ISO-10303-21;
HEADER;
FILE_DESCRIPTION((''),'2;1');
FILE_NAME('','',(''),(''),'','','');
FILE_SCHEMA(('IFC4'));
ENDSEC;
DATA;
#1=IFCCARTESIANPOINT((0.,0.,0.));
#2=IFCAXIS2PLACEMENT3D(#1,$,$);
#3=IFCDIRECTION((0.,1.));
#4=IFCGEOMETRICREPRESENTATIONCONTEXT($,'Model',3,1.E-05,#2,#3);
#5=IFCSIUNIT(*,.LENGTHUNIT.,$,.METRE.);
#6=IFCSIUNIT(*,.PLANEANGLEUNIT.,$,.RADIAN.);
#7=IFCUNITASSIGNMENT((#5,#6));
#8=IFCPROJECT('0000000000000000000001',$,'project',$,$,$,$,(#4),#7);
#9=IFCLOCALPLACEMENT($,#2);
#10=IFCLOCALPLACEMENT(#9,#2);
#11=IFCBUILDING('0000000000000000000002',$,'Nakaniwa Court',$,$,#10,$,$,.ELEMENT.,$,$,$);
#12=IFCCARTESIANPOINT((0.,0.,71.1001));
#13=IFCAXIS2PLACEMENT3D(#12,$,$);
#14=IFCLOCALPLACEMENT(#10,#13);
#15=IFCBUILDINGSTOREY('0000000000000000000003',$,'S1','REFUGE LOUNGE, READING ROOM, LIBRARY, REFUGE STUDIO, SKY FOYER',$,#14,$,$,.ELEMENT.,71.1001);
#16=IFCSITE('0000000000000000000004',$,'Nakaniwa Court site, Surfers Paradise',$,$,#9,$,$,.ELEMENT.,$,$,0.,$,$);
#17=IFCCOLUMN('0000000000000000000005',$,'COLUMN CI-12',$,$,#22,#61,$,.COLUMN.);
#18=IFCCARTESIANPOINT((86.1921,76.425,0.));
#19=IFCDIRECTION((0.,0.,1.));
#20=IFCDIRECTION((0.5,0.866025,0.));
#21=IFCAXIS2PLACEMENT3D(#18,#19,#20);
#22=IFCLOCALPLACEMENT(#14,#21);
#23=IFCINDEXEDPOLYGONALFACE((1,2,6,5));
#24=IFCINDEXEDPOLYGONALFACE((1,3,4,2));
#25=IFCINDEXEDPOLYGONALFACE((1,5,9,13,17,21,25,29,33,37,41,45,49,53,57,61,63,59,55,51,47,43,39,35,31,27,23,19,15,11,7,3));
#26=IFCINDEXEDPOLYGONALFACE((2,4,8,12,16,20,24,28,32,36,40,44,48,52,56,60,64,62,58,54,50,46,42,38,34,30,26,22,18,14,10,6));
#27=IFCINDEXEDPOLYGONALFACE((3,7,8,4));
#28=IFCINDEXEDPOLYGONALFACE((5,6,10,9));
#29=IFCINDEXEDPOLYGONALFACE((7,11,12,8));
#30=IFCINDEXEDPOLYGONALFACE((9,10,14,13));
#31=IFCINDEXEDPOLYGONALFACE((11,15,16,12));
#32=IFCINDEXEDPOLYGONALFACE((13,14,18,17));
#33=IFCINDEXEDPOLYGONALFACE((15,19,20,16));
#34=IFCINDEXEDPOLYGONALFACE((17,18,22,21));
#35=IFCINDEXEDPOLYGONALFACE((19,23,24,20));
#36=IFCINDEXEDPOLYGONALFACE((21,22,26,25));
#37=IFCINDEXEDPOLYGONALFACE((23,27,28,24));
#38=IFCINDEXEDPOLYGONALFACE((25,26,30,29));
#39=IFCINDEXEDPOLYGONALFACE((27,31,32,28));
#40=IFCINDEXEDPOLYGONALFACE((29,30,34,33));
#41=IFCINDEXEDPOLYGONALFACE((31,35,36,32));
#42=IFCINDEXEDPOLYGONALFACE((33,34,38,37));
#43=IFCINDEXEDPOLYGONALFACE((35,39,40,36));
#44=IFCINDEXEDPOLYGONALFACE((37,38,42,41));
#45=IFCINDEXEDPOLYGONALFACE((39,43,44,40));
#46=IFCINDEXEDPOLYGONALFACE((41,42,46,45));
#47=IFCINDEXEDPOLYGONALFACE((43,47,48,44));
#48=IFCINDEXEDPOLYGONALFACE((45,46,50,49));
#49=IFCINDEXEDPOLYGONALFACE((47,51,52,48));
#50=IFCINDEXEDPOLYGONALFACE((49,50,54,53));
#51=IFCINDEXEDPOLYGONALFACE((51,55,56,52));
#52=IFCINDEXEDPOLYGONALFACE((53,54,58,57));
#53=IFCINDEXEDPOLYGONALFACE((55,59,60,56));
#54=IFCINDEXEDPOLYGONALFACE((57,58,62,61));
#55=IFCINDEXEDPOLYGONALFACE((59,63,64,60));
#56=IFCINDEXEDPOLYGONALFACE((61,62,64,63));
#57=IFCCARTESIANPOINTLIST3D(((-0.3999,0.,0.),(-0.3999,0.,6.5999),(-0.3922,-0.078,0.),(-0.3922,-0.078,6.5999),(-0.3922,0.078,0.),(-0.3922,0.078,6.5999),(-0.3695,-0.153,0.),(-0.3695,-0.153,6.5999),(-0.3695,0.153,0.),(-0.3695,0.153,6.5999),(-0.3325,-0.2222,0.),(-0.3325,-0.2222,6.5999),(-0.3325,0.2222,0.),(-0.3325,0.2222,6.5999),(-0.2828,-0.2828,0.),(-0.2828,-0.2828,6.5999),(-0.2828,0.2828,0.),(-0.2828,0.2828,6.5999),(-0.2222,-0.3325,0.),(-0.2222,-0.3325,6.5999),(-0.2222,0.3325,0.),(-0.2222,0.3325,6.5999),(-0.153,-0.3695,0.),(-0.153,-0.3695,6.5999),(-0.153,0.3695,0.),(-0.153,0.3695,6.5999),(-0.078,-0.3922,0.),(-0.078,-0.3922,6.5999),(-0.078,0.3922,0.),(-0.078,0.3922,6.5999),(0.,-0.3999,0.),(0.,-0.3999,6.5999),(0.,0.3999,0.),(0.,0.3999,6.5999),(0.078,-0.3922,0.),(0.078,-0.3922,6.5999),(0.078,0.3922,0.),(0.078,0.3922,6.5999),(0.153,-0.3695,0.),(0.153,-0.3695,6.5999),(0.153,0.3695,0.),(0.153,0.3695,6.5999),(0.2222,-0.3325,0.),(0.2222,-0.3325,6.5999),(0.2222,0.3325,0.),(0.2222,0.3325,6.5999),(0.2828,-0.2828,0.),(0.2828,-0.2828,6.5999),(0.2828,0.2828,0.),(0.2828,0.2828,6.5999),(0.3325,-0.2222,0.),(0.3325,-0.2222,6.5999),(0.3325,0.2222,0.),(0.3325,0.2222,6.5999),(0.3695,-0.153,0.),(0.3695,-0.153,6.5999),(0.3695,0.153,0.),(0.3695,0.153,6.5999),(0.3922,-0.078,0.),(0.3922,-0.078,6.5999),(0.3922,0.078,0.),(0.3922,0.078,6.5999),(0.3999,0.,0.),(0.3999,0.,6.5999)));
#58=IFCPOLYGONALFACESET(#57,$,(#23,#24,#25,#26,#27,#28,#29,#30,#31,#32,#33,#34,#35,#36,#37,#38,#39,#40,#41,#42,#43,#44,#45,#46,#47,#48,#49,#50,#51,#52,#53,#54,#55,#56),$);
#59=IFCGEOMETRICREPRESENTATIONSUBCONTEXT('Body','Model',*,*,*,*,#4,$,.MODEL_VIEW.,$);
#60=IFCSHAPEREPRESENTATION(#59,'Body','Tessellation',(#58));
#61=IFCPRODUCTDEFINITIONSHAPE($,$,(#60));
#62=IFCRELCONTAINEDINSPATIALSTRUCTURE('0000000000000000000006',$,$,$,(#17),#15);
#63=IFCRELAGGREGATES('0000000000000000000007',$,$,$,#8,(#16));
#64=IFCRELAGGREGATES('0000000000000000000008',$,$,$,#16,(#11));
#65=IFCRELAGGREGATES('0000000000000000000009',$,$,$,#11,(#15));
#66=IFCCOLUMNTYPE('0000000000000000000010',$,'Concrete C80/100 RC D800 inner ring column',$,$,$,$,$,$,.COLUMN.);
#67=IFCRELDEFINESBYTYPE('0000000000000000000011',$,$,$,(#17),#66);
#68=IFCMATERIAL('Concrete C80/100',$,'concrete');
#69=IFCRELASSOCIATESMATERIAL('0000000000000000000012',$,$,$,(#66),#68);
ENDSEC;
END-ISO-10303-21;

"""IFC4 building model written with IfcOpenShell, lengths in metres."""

from ifc_helpers import new_model, si_unit, direction, frame, origin, origin_2d, place, context, subcontext, project, spatial, circle, extrude, material, material_profile, profile_set, type_object, element, save


model = new_model("IFC4")

# Units and contexts
model_context = context("Model", 3, precision=1e-05, world=origin(), true_north=direction((0.0, 1.0)))
body_context = subcontext(model_context, "Body", "Model", "MODEL_VIEW")
ifc_project = project(units=[si_unit("LENGTHUNIT", "METRE"), si_unit("PLANEANGLEUNIT", "RADIAN")], contexts=[model_context])

# Site, building, storey
site_placement = place(None, origin())
site = spatial("IfcSite", under=ifc_project, at=site_placement, Name="Nakaniwa Court site, Surfers Paradise", CompositionType="ELEMENT", RefElevation=0.0)
building_placement = place(site_placement, origin())
building = spatial("IfcBuilding", under=site, at=building_placement, Name="Nakaniwa Court", CompositionType="ELEMENT")
storey_placement = place(building_placement, frame((0.0, 0.0, 71.1001)))
storey = spatial("IfcBuildingStorey", under=building, at=storey_placement, Name="S1", Description="REFUGE LOUNGE, READING ROOM, LIBRARY, REFUGE STUDIO, SKY FOYER", CompositionType="ELEMENT", Elevation=71.1001)

# Column
ifc_material_1 = material(Name="Concrete C80/100", Category="concrete")
ifc_material_profile_1 = material_profile(ifc_material_1, circle(Radius=0.3999, at=origin_2d()), Name="Concrete C80/100 RC D800 inner ring column")
ifc_profile_set_1 = profile_set([ifc_material_profile_1], Name="Concrete C80/100")
column_type = type_object("IfcColumnType", Name="Concrete C80/100 RC D800 inner ring column", PredefinedType="COLUMN", material=ifc_profile_set_1)
for number, where, z_axis, x_axis, name in (
    (1, (86.1921, 76.425, 0.0), (0.0, 0.0, 1.0), (0.5, 0.866025, 0.0), "COLUMN CI-12"),
):
    element("IfcColumn", number, at=place(storey_placement, frame(where, z_axis=z_axis, x_axis=x_axis)), inside=storey, type_object=column_type, Name=name, PredefinedType="COLUMN", context=body_context, shape_type="SweptSolid", body=[
        extrude(circle(Radius=0.3999, at=origin_2d()), origin(), (0.0, 0.0, 1.0), 6.5999),
    ])

save(model, "model.ifc")
